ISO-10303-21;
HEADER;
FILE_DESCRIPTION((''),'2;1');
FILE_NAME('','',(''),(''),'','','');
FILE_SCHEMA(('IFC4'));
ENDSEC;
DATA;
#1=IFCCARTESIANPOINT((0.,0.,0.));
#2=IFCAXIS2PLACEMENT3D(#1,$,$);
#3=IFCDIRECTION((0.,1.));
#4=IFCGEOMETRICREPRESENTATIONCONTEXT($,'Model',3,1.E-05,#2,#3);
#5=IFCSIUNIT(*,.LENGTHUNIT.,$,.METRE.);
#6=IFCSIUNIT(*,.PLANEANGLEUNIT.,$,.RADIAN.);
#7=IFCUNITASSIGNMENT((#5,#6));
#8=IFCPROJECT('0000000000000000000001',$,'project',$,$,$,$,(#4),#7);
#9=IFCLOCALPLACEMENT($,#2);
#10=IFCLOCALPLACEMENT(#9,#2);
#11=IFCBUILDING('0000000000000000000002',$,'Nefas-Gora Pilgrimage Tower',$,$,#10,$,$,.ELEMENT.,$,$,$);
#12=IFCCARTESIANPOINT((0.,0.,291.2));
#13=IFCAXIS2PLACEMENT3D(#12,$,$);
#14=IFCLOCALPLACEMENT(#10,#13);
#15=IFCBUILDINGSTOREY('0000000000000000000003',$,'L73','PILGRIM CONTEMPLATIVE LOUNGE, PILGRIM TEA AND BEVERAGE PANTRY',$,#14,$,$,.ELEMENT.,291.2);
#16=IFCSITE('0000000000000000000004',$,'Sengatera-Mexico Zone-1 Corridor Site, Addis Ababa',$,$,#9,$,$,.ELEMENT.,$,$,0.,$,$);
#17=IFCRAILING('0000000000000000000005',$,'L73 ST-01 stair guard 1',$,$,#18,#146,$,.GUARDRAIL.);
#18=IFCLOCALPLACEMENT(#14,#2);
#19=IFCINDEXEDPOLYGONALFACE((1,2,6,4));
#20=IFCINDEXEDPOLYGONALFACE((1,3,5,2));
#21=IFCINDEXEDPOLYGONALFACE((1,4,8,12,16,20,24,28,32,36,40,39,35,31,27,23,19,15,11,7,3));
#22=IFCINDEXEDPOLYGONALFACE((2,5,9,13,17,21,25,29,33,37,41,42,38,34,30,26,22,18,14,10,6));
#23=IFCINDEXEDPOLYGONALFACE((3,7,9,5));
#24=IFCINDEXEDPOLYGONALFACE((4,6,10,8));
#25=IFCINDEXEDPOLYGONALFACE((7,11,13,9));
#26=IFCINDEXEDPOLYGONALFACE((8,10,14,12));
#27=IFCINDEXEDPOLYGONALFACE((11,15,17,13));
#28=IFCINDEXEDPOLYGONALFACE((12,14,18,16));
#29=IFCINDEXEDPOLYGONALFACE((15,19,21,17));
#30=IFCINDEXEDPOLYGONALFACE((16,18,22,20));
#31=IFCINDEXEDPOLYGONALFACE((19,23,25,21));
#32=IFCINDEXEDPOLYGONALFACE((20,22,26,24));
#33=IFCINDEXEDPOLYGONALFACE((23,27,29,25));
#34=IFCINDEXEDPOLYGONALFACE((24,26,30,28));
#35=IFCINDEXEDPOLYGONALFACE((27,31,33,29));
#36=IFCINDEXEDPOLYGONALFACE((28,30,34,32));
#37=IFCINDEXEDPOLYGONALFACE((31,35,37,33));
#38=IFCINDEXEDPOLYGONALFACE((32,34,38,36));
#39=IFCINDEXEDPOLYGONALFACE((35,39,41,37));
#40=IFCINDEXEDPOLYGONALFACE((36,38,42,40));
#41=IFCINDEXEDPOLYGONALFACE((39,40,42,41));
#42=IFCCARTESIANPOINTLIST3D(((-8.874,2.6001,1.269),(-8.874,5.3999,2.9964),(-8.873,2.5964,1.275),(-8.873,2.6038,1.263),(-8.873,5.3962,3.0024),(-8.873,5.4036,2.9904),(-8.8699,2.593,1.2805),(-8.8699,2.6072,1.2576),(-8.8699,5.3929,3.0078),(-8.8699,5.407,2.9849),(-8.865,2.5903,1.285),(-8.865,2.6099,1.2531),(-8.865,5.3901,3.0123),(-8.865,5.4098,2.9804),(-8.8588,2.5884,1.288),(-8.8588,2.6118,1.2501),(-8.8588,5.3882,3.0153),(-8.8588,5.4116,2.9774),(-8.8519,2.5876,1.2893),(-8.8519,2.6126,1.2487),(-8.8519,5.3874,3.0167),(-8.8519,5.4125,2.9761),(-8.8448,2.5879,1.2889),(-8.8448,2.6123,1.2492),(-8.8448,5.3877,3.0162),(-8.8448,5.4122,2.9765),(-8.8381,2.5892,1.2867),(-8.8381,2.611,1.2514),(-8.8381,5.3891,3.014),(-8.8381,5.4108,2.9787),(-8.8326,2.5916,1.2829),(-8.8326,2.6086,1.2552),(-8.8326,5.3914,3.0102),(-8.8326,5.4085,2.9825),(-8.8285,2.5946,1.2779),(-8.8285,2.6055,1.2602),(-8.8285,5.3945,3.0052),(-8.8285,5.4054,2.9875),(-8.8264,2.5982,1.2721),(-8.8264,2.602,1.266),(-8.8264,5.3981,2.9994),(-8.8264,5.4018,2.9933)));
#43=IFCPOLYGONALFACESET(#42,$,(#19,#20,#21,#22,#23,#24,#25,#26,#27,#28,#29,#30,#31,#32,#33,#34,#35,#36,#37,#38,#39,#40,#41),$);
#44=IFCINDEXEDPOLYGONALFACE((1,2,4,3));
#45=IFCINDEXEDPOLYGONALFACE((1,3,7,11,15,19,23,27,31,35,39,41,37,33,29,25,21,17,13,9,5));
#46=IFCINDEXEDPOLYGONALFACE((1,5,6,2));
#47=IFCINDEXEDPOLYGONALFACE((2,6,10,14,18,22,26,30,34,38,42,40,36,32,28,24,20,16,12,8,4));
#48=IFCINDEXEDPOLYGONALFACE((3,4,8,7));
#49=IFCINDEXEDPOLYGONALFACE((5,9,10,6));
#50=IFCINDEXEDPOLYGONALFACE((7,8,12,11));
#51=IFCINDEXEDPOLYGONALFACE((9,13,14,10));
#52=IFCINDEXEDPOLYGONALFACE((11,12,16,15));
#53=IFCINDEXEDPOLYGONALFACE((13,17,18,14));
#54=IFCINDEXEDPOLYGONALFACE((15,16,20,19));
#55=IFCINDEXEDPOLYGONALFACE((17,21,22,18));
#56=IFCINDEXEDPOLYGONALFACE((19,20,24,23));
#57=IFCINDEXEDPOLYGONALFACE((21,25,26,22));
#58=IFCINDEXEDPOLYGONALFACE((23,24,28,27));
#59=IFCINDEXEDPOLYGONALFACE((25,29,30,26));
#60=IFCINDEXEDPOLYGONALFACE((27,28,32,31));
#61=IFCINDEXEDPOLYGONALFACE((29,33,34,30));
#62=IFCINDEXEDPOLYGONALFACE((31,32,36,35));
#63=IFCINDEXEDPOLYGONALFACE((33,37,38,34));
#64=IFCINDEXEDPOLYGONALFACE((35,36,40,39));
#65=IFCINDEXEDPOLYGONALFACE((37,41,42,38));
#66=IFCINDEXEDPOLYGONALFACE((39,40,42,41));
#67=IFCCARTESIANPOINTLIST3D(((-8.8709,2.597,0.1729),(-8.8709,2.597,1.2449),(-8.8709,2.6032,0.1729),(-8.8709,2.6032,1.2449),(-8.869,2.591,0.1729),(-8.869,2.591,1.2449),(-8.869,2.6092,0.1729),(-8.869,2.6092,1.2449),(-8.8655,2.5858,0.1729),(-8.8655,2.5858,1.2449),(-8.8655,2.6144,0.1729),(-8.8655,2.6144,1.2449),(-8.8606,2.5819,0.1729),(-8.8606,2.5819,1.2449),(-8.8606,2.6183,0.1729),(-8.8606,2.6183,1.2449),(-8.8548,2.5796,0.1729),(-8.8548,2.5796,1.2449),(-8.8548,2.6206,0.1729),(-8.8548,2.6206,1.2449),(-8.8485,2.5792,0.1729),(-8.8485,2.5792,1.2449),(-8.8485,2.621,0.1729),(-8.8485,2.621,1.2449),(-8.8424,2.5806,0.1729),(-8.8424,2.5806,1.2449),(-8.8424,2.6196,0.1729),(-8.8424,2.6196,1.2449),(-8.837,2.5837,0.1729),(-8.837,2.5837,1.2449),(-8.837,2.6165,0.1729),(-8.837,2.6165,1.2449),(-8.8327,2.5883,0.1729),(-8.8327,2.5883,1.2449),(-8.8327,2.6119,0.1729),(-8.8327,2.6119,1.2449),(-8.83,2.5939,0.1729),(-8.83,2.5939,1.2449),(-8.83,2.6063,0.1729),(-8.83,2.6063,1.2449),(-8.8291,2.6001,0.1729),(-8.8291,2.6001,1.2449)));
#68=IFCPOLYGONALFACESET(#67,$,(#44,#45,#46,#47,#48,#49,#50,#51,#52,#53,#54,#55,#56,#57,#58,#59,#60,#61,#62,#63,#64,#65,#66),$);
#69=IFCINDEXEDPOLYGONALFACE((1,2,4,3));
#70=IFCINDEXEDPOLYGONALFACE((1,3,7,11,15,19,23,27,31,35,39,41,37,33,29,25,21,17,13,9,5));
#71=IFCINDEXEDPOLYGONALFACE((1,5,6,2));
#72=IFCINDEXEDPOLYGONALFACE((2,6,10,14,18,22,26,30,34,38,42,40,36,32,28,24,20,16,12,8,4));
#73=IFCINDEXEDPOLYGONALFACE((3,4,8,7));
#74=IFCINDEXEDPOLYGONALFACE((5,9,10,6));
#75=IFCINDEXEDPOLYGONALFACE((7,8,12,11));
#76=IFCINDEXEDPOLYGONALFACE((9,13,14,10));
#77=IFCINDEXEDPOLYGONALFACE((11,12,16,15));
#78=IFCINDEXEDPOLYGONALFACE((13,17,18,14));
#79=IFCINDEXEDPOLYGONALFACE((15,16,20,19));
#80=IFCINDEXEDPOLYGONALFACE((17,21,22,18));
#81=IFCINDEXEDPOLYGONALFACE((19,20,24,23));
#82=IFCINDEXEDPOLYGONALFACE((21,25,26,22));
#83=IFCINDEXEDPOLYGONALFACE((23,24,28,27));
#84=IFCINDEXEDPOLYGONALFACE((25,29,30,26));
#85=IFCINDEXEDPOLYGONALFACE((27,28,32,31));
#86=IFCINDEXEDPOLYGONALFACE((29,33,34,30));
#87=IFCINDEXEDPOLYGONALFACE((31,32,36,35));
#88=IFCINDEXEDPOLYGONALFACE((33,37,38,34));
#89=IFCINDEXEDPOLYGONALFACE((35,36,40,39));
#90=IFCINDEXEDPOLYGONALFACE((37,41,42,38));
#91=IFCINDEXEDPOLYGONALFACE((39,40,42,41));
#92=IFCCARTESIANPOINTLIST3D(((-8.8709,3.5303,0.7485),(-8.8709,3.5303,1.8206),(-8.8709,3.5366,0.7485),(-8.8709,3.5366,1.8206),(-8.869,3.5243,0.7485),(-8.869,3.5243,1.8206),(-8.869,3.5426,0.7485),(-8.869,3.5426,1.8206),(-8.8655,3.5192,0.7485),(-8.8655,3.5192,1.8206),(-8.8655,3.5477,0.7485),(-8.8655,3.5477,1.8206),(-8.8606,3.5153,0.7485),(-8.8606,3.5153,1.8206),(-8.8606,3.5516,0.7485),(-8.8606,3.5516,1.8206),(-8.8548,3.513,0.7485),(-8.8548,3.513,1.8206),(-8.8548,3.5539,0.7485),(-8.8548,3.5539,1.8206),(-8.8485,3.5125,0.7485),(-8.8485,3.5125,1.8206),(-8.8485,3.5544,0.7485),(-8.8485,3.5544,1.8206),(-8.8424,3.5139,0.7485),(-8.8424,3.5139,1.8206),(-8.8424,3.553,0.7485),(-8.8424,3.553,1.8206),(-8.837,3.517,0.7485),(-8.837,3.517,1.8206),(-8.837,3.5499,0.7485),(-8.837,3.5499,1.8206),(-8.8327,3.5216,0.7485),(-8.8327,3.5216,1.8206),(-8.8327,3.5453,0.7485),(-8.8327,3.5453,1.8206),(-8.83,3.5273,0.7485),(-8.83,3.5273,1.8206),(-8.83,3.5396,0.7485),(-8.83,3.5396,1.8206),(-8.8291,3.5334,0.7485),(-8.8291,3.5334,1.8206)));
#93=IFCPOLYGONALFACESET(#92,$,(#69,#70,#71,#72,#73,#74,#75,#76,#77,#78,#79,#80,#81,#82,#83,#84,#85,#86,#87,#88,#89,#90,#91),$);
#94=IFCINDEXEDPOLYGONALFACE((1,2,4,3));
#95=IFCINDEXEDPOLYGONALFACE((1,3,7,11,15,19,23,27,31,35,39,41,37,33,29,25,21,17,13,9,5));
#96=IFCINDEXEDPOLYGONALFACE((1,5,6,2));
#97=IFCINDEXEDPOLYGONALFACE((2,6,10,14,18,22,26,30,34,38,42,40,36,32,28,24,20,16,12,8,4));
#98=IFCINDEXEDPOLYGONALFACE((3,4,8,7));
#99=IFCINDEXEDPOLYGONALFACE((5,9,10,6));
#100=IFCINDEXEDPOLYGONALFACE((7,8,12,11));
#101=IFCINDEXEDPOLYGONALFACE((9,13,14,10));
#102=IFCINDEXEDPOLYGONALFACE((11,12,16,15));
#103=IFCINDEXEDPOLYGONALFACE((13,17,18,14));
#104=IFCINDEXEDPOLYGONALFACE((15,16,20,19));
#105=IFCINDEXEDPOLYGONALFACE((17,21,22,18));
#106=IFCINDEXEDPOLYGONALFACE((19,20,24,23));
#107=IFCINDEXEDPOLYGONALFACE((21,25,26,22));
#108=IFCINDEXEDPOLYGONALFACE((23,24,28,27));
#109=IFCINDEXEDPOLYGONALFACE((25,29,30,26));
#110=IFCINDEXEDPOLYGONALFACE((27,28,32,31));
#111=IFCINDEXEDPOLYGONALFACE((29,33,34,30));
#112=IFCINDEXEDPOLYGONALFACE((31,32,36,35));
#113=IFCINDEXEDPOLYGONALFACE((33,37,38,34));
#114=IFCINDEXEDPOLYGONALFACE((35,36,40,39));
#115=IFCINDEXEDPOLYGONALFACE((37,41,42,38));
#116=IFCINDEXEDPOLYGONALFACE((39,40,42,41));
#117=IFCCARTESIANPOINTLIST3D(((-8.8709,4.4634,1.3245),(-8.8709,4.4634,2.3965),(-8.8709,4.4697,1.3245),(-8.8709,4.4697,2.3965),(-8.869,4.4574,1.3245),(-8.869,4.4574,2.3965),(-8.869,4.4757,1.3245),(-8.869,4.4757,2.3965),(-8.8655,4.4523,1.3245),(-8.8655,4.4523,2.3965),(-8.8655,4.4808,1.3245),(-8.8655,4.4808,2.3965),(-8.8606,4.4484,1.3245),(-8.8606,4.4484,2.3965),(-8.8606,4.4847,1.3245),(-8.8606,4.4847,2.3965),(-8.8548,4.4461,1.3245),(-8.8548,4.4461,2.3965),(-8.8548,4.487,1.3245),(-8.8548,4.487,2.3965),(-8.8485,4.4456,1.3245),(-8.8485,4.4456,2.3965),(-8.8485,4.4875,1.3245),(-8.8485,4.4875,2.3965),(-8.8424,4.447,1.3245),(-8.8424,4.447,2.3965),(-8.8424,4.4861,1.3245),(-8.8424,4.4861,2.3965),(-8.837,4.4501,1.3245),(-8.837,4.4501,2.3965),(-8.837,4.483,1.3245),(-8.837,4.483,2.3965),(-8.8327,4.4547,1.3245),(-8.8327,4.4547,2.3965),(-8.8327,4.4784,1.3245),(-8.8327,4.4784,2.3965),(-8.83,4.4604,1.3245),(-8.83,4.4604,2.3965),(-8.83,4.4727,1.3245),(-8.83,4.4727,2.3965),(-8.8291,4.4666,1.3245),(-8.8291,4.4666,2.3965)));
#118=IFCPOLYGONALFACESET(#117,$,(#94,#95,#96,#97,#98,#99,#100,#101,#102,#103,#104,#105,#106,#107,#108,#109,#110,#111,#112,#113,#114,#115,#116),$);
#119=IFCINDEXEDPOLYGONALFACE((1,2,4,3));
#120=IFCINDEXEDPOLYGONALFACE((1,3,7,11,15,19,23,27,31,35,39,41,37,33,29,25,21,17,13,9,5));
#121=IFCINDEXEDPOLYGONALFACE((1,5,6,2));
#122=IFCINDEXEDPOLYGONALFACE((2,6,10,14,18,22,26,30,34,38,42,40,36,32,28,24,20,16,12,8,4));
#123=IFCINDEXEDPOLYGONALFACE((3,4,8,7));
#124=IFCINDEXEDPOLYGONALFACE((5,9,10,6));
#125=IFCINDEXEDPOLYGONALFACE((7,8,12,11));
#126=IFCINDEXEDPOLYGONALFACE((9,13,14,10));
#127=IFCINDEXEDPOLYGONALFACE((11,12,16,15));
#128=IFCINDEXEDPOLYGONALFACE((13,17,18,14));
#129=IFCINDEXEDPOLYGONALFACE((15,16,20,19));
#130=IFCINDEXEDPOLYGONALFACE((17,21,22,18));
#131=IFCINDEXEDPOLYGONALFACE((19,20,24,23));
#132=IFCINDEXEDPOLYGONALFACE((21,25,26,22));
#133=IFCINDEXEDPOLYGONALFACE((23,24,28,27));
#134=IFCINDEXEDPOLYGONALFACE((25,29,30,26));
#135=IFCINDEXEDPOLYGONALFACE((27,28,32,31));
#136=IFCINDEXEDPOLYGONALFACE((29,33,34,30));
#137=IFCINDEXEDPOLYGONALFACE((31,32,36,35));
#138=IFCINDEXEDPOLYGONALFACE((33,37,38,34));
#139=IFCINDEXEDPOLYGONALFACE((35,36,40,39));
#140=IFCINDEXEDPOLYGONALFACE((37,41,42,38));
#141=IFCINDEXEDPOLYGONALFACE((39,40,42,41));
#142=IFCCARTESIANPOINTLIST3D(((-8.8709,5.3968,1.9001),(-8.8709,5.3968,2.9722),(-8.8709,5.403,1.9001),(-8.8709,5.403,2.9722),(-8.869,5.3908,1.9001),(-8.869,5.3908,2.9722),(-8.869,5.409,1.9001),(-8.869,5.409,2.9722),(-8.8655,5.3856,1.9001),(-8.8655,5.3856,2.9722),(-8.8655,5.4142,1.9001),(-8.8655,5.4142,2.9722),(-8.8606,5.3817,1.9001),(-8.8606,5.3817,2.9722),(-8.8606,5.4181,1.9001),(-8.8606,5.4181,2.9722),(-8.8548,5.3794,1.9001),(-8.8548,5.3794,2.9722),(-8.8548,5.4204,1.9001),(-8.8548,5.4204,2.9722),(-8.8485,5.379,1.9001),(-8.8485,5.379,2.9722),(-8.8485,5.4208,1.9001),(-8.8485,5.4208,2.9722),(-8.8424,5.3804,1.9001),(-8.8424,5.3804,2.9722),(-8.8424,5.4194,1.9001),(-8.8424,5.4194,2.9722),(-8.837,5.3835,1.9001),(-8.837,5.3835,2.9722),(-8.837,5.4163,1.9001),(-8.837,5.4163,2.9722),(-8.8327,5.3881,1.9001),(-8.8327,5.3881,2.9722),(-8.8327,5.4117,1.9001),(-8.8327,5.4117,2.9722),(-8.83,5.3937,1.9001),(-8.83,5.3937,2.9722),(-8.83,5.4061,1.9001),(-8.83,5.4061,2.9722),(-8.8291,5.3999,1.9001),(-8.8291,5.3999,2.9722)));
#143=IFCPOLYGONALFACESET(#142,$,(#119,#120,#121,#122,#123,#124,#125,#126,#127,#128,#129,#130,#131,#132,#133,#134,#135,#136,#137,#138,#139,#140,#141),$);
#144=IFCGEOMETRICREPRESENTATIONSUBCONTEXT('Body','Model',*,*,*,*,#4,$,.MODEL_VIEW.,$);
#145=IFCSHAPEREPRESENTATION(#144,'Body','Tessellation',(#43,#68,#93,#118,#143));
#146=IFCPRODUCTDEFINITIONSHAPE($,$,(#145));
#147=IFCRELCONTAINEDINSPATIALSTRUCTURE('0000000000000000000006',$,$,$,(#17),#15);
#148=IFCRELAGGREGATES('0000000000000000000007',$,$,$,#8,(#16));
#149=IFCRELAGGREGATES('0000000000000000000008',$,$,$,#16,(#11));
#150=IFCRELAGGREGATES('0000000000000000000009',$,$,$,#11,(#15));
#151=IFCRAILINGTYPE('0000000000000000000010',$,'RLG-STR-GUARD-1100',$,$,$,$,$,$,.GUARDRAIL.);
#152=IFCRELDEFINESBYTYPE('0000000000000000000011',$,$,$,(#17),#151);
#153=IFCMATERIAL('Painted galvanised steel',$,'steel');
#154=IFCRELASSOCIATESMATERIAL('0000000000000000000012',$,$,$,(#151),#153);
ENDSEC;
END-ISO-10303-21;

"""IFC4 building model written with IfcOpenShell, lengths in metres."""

from ifc_helpers import new_model, si_unit, direction, frame, origin, origin_2d, place, context, subcontext, project, spatial, circle, extrude, material, type_object, element, save


model = new_model("IFC4")

# Units and contexts
model_context = context("Model", 3, precision=1e-05, world=origin(), true_north=direction((0.0, 1.0)))
body_context = subcontext(model_context, "Body", "Model", "MODEL_VIEW")
ifc_project = project(units=[si_unit("LENGTHUNIT", "METRE"), si_unit("PLANEANGLEUNIT", "RADIAN")], contexts=[model_context])

# Site, building, storey
site_placement = place(None, origin())
site = spatial("IfcSite", under=ifc_project, at=site_placement, Name="Sengatera-Mexico Zone-1 Corridor Site, Addis Ababa", CompositionType="ELEMENT", RefElevation=0.0)
building_placement = place(site_placement, origin())
building = spatial("IfcBuilding", under=site, at=building_placement, Name="Nefas-Gora Pilgrimage Tower", CompositionType="ELEMENT")
storey_placement = place(building_placement, frame((0.0, 0.0, 291.2)))
storey = spatial("IfcBuildingStorey", under=building, at=storey_placement, Name="L73", Description="PILGRIM CONTEMPLATIVE LOUNGE, PILGRIM TEA AND BEVERAGE PANTRY", CompositionType="ELEMENT", Elevation=291.2)

# Railing
ifc_material_1 = material(Name="Painted galvanised steel", Category="steel")
railing_type_1 = type_object("IfcRailingType", Name="RLG-STR-GUARD-1100", PredefinedType="GUARDRAIL", material=ifc_material_1)
railing_1_placement = place(storey_placement, frame((-8.8501, 2.6001, 0.1729)))
element("IfcRailing", 1, at=railing_1_placement, inside=storey, type_object=railing_type_1, Name="L73 ST-01 stair guard 1", PredefinedType="GUARDRAIL", context=body_context, shape_type="SweptSolid", body=[
    extrude(circle(Radius=0.0239, at=origin_2d()), frame((0.0, 0.0, 1.0962), z_axis=(0.0, 0.851069, 0.525054), x_axis=(-1.0, 0.0, 0.0)), (0.0, 0.0, 1.0), 3.2898),
    extrude(circle(Radius=0.021, at=origin_2d()), origin(), (0.0, 0.0, 1.0), 1.072),
    extrude(circle(Radius=0.021, at=origin_2d()), frame((0.0, 0.9333, 0.5757)), (0.0, 0.0, 1.0), 1.072),
    extrude(circle(Radius=0.021, at=origin_2d()), frame((0.0, 1.8665, 1.1516)), (0.0, 0.0, 1.0), 1.072),
    extrude(circle(Radius=0.021, at=origin_2d()), frame((0.0, 2.7998, 1.7273)), (0.0, 0.0, 1.0), 1.072),
])

save(model, "model.ifc")
